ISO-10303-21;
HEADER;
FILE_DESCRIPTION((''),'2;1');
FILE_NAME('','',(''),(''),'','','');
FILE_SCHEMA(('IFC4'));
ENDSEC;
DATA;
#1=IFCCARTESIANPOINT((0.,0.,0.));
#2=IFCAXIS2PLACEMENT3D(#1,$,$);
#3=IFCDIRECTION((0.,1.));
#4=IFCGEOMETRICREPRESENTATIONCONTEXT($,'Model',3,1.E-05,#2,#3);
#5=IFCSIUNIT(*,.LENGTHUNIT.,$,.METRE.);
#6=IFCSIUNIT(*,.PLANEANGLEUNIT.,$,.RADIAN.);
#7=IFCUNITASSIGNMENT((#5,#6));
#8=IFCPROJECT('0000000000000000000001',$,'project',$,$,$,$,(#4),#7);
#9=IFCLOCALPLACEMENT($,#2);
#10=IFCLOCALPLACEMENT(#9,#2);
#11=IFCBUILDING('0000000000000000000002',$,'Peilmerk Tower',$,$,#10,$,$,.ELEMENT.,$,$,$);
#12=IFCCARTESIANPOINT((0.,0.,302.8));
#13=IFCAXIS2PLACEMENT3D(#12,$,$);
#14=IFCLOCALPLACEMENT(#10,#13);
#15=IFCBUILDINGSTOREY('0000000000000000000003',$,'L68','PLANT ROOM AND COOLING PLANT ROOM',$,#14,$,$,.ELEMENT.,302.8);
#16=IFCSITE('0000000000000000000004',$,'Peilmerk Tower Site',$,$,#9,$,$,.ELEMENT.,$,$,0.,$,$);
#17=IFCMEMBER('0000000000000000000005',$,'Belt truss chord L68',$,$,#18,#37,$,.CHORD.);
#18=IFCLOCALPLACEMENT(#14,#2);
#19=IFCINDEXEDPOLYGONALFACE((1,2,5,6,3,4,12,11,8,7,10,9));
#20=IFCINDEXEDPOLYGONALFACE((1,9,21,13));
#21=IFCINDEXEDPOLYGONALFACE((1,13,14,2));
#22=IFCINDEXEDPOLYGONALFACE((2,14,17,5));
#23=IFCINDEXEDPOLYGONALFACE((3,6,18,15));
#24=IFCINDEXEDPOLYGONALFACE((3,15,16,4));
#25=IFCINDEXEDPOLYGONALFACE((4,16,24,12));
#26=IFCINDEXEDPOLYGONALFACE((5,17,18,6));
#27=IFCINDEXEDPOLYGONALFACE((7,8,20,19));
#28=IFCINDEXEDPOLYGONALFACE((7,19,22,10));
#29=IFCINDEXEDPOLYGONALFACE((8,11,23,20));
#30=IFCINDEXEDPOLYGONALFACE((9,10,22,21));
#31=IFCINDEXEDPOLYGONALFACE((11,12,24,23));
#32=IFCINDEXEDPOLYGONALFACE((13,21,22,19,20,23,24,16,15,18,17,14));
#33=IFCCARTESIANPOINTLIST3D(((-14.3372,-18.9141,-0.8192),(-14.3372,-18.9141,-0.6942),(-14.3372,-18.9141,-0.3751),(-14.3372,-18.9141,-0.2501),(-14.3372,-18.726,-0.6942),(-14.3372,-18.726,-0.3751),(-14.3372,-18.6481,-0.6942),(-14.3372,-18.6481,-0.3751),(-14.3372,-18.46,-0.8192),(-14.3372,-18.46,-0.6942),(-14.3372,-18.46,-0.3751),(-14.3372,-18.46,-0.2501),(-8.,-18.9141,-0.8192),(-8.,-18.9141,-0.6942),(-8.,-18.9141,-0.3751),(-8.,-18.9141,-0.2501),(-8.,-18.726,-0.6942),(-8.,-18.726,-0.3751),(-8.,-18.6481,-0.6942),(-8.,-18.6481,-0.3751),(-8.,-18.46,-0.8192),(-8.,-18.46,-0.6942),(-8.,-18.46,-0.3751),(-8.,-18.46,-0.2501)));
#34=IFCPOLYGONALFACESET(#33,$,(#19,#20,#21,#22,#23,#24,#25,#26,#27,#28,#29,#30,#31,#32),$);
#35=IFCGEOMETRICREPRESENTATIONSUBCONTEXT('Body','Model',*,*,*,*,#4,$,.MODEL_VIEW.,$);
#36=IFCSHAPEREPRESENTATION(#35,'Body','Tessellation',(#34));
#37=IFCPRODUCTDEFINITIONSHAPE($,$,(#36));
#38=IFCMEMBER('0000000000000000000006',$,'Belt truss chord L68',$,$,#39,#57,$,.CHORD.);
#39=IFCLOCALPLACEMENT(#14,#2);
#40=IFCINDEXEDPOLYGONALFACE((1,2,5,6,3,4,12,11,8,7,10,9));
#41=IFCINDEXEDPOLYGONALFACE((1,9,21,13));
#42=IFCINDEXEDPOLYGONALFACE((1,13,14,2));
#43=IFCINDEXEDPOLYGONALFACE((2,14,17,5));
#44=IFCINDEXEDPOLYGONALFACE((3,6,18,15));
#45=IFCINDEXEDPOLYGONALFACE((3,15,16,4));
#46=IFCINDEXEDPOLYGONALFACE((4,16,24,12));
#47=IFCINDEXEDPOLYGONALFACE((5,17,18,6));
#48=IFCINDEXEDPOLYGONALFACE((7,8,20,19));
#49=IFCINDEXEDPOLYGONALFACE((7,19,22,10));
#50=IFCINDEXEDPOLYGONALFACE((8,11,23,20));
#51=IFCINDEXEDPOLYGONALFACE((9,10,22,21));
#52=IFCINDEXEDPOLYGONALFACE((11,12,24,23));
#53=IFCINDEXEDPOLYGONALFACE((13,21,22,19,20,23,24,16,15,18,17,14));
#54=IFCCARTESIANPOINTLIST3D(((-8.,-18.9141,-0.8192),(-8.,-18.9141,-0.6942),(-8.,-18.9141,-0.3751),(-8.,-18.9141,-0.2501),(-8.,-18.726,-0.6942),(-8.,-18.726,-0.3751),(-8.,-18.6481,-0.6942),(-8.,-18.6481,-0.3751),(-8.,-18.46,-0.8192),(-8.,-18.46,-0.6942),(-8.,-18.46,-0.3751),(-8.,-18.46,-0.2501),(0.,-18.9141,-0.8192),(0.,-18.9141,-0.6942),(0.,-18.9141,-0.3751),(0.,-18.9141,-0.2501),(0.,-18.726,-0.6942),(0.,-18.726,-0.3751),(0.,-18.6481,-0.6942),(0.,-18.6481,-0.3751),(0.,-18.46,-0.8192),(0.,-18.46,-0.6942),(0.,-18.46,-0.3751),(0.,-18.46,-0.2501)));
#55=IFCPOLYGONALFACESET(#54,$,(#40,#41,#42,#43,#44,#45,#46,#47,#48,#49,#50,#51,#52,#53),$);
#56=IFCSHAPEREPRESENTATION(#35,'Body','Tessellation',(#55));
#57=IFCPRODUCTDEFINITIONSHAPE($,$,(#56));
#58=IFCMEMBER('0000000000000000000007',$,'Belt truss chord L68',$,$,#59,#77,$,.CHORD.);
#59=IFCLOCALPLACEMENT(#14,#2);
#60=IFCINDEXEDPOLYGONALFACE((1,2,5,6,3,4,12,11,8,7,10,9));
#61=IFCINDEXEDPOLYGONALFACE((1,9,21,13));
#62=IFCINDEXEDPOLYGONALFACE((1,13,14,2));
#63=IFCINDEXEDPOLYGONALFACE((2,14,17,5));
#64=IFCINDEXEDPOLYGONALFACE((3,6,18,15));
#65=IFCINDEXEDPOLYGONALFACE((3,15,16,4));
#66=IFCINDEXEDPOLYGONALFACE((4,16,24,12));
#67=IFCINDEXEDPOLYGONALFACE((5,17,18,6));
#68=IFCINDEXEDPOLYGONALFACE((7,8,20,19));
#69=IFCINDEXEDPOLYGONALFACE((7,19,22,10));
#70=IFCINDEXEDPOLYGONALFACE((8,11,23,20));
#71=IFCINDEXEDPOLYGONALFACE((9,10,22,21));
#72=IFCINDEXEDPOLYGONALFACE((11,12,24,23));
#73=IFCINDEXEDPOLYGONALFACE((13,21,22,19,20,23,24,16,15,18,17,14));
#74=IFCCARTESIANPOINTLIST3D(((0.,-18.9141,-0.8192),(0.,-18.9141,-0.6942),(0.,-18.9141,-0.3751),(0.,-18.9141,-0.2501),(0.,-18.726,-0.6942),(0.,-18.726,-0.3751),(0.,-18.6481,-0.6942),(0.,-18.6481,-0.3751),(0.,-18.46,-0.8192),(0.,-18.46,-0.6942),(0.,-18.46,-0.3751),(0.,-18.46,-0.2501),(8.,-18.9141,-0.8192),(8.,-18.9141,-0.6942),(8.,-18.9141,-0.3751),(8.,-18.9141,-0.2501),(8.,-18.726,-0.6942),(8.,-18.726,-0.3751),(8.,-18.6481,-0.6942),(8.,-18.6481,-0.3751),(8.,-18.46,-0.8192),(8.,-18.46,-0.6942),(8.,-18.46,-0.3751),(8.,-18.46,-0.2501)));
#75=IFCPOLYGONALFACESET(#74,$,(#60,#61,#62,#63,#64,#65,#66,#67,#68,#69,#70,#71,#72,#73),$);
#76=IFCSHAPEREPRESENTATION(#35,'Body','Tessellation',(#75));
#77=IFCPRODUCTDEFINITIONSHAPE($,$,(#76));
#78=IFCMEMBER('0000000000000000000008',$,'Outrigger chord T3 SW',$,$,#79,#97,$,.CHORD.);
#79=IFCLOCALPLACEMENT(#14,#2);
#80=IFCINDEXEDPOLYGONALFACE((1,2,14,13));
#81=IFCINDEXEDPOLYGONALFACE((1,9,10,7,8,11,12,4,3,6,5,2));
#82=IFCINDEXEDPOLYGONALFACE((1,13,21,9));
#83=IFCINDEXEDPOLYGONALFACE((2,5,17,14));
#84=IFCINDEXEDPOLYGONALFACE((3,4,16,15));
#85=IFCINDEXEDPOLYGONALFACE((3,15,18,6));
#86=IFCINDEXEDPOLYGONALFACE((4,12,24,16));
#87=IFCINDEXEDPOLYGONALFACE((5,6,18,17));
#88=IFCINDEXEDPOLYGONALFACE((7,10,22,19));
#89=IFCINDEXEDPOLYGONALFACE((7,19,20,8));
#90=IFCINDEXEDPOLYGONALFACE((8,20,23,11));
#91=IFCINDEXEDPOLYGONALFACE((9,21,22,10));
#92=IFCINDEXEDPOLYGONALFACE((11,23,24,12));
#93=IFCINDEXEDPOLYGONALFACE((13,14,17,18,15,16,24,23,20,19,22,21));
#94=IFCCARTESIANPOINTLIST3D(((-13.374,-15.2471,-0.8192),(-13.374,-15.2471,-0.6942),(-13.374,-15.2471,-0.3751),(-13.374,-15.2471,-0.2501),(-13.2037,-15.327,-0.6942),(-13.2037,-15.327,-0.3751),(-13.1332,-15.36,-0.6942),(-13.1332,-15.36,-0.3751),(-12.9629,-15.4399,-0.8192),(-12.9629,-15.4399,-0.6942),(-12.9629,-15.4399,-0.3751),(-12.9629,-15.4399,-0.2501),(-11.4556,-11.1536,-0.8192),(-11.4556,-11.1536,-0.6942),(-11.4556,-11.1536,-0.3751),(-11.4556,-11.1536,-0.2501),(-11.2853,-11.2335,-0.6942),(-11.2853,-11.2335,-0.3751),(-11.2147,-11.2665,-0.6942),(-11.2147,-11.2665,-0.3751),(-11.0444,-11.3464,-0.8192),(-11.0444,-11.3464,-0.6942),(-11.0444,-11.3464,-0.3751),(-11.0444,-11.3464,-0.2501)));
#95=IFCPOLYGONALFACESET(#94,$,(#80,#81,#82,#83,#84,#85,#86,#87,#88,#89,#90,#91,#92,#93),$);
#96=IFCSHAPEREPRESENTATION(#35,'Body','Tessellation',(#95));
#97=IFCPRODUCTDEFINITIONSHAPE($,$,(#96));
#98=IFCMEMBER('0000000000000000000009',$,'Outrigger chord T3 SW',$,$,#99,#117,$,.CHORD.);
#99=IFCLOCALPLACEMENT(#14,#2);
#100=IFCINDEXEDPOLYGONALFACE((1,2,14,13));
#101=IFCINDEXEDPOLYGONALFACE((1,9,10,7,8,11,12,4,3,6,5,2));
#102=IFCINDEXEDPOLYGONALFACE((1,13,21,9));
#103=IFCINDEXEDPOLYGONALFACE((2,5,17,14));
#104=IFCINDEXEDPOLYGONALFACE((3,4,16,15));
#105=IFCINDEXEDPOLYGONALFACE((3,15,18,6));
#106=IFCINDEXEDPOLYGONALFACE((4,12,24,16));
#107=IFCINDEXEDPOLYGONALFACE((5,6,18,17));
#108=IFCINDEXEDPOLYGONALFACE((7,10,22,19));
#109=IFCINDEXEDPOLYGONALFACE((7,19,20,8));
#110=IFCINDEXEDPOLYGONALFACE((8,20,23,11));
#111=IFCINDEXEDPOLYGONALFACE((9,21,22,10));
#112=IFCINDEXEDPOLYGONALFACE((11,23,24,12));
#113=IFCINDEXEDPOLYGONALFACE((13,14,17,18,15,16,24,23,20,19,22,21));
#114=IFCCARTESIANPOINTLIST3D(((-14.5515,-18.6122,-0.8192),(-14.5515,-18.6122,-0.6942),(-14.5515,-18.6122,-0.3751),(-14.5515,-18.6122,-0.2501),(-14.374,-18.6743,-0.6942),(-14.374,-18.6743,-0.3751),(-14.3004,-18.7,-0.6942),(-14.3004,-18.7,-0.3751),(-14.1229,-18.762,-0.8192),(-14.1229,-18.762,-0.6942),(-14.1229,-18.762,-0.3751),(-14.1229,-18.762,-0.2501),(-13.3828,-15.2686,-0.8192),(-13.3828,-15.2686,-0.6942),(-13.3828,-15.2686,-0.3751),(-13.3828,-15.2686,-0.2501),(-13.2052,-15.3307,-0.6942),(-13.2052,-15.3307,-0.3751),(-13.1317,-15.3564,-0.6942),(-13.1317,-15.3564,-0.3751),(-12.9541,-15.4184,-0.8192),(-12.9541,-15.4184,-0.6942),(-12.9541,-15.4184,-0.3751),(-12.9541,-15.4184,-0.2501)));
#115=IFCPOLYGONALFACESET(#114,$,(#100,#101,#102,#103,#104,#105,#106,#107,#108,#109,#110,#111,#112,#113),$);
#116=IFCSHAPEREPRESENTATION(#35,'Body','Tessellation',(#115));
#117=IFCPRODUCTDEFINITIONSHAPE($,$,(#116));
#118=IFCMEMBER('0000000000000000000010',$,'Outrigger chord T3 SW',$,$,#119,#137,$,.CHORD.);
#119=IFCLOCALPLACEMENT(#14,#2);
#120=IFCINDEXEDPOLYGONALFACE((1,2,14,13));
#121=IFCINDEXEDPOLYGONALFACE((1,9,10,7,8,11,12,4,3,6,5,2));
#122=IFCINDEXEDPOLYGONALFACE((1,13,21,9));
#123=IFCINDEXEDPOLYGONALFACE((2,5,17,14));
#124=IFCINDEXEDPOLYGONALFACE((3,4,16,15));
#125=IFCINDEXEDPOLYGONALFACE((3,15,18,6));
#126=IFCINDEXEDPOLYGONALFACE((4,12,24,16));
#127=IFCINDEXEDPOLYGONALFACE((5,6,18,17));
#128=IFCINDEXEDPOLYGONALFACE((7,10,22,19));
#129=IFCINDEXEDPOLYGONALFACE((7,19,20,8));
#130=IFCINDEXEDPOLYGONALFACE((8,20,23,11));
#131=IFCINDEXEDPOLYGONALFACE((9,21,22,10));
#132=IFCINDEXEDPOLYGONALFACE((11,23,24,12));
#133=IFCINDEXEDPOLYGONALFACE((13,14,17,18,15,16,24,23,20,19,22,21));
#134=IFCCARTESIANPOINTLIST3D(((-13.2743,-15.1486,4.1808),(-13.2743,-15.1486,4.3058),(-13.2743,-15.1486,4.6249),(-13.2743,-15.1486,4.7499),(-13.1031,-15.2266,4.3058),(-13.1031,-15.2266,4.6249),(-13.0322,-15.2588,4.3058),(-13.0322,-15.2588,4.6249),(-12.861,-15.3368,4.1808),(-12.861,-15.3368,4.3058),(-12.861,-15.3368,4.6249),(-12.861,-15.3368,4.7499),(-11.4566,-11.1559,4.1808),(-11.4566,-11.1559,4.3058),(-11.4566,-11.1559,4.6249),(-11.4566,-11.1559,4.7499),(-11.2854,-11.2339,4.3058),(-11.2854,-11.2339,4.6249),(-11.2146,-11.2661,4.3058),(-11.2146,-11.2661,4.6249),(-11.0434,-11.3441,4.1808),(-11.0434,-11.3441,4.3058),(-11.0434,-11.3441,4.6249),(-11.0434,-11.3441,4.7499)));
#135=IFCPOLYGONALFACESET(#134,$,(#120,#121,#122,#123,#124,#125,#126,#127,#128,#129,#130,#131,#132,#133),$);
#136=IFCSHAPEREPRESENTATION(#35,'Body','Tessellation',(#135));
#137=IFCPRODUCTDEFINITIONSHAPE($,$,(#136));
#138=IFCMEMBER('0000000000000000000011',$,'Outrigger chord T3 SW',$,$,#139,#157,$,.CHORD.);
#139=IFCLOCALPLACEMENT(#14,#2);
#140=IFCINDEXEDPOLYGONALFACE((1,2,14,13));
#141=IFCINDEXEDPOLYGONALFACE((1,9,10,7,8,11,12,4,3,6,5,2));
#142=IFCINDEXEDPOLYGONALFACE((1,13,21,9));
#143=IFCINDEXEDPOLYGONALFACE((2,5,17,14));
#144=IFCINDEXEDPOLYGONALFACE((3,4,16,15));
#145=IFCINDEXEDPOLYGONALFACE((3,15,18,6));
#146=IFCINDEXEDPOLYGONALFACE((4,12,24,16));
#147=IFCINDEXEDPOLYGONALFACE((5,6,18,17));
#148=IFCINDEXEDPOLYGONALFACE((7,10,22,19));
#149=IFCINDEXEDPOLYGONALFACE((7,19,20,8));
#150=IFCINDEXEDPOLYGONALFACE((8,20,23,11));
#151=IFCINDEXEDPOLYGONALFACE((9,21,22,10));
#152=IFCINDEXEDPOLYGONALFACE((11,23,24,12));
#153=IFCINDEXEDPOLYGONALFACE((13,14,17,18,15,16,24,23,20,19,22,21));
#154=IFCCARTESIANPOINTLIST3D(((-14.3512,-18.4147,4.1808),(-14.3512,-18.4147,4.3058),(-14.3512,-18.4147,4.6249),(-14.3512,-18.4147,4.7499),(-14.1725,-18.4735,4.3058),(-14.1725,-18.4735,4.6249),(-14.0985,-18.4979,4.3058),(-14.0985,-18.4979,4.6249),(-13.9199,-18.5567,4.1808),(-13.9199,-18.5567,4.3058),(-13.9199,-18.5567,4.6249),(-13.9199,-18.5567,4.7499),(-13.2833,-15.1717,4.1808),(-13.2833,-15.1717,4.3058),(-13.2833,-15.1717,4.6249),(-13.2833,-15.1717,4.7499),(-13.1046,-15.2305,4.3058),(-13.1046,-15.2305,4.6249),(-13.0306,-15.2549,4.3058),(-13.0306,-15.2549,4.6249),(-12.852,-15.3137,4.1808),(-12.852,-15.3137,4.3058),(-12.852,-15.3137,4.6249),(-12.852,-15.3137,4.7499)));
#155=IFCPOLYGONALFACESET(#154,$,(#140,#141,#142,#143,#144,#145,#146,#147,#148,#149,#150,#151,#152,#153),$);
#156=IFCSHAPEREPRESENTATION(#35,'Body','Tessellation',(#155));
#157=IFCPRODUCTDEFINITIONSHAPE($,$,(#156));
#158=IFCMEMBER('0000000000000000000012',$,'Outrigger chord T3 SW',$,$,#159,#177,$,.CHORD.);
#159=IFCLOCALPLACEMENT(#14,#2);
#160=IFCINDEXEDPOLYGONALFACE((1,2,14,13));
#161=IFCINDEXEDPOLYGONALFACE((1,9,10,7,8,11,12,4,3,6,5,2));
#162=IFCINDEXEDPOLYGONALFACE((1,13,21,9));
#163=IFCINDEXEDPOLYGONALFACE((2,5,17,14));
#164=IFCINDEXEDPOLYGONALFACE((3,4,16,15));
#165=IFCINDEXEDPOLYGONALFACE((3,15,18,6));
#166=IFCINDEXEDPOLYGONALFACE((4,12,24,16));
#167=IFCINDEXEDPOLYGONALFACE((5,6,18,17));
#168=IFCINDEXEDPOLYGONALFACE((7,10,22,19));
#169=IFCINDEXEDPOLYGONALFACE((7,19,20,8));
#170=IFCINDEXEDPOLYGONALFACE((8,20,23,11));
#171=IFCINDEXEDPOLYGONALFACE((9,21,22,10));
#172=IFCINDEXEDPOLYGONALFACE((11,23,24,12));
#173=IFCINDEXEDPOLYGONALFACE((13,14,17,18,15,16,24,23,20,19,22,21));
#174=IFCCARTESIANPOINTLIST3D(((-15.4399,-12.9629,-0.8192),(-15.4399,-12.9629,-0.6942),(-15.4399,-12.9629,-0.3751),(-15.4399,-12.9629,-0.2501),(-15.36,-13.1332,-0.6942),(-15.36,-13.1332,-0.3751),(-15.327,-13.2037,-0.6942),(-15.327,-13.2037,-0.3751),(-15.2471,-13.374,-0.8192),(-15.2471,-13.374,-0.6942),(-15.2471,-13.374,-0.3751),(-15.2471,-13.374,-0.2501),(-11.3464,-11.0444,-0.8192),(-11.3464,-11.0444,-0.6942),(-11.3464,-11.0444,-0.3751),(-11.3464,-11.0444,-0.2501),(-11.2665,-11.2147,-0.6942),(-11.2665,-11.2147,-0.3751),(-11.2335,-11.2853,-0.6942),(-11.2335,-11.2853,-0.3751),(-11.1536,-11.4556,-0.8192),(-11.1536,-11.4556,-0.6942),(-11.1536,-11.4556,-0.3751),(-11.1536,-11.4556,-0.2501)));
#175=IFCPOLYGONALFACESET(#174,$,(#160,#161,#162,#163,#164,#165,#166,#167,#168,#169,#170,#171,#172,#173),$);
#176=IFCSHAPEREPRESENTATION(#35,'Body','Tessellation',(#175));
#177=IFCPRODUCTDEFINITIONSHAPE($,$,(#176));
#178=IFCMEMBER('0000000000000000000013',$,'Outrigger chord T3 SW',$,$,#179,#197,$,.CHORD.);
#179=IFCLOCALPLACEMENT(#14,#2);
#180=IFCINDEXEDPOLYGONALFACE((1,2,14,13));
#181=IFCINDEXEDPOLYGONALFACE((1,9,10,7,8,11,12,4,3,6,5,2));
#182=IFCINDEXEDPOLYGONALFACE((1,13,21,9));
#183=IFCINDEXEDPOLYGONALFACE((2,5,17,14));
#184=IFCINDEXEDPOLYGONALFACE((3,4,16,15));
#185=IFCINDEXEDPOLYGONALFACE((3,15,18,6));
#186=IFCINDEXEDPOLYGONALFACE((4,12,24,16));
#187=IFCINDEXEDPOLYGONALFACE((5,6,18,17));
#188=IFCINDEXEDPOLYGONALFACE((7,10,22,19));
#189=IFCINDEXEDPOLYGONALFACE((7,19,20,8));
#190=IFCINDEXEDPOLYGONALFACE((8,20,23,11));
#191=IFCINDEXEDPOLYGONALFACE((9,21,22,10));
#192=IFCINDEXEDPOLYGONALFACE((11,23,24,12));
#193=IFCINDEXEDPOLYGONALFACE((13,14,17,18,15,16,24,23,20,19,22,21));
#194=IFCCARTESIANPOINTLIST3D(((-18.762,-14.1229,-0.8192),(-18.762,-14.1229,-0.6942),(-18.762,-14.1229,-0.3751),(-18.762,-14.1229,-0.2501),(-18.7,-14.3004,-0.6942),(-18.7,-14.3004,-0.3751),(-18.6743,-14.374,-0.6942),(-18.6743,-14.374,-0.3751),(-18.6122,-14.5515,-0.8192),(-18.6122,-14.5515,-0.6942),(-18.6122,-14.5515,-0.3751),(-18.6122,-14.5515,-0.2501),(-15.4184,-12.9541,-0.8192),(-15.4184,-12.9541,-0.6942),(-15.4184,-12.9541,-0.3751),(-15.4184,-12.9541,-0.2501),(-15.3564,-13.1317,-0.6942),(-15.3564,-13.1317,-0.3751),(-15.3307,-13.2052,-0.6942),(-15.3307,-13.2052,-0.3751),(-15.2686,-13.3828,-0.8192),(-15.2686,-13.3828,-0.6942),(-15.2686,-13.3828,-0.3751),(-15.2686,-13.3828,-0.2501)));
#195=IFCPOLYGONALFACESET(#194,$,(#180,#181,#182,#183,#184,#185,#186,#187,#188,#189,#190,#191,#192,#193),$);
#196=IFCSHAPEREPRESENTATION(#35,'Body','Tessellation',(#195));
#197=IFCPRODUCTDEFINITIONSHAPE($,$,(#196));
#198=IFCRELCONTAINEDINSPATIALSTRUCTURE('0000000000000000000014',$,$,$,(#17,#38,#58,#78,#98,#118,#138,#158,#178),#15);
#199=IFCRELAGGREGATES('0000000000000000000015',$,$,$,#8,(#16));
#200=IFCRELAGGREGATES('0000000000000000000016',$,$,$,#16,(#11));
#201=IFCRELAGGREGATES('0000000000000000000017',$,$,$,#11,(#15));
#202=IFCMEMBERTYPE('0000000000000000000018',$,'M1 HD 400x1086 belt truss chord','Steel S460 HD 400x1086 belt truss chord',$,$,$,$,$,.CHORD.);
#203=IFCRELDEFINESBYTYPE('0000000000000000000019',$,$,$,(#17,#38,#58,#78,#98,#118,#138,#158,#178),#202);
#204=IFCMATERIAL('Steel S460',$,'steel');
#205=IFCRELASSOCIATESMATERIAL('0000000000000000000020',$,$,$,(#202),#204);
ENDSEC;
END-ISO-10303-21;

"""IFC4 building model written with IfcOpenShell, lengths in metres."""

from ifc_helpers import new_model, si_unit, direction, frame, origin, origin_2d, place, context, subcontext, project, spatial, i_section, extrude, material, material_profile, profile_set, type_object, element, save


model = new_model("IFC4")

# Units and contexts
model_context = context("Model", 3, precision=1e-05, world=origin(), true_north=direction((0.0, 1.0)))
body_context = subcontext(model_context, "Body", "Model", "MODEL_VIEW")
ifc_project = project(units=[si_unit("LENGTHUNIT", "METRE"), si_unit("PLANEANGLEUNIT", "RADIAN")], contexts=[model_context])

# Site, building, storey
site_placement = place(None, origin())
site = spatial("IfcSite", under=ifc_project, at=site_placement, Name="Peilmerk Tower Site", CompositionType="ELEMENT", RefElevation=0.0)
building_placement = place(site_placement, origin())
building = spatial("IfcBuilding", under=site, at=building_placement, Name="Peilmerk Tower", CompositionType="ELEMENT")
storey_placement = place(building_placement, frame((0.0, 0.0, 302.8)))
storey = spatial("IfcBuildingStorey", under=building, at=storey_placement, Name="L68", Description="PLANT ROOM AND COOLING PLANT ROOM", CompositionType="ELEMENT", Elevation=302.8)

# Shared definitions
ifc_material_1 = material(Name="Steel S460", Category="steel")

# Members
ifc_material_profile_1 = material_profile(ifc_material_1, i_section(OverallWidth=0.4541, OverallDepth=0.5691, WebThickness=0.0779, FlangeThickness=0.125, at=origin_2d()), Name="HD 400x1086")
ifc_profile_set_1 = profile_set([ifc_material_profile_1], Name="Steel S460")
member_type_1 = type_object("IfcMemberType", Name="M1 HD 400x1086 belt truss chord", Description="Steel S460 HD 400x1086 belt truss chord", PredefinedType="CHORD", material=ifc_profile_set_1)
member_1_placement = place(storey_placement, frame((-14.3372, -18.687, -0.5347), z_axis=(1.0, 0.0, 0.0), x_axis=(0.0, 1.0, 0.0)))
element("IfcMember", 1, at=member_1_placement, inside=storey, type_object=member_type_1, Name="Belt truss chord L68", PredefinedType="CHORD", context=body_context, shape_type="SweptSolid", body=[
    extrude(i_section(OverallWidth=0.4541, OverallDepth=0.5691, WebThickness=0.0779, FlangeThickness=0.125, at=origin_2d()), origin(), (0.0, 0.0, 1.0), 6.3372),
])
for number, where, z_axis, x_axis, name in (
    (2, (-8.0, -18.687, -0.5347), (1.0, 0.0, 0.0), (0.0, 1.0, 0.0), "Belt truss chord L68"),
    (3, (0.0, -18.687, -0.5347), (1.0, 0.0, 0.0), (0.0, 1.0, 0.0), "Belt truss chord L68"),
):
    element("IfcMember", number, at=place(storey_placement, frame(where, z_axis=z_axis, x_axis=x_axis)), inside=storey, type_object=member_type_1, Name=name, PredefinedType="CHORD", context=body_context, shape_type="SweptSolid", body=[
        extrude(i_section(OverallWidth=0.4541, OverallDepth=0.5691, WebThickness=0.0779, FlangeThickness=0.125, at=origin_2d()), origin(), (0.0, 0.0, 1.0), 8.0),
    ])
member_2_placement = place(storey_placement, frame((-11.25, -11.25, -0.5347), z_axis=(-0.424366, -0.905491, 0.0), x_axis=(0.905491, -0.424366, 0.0)))
element("IfcMember", 4, at=member_2_placement, inside=storey, type_object=member_type_1, Name="Outrigger chord T3 SW", PredefinedType="CHORD", context=body_context, shape_type="SweptSolid", body=[
    extrude(i_section(OverallWidth=0.4541, OverallDepth=0.5691, WebThickness=0.0779, FlangeThickness=0.125, at=origin_2d()), origin(), (0.0, 0.0, 1.0), 4.5208),
])
member_3_placement = place(storey_placement, frame((-13.1685, -15.3435, -0.5347), z_axis=(-0.329967, -0.943993, 0.0), x_axis=(0.943993, -0.329967, 0.0)))
element("IfcMember", 5, at=member_3_placement, inside=storey, type_object=member_type_1, Name="Outrigger chord T3 SW", PredefinedType="CHORD", context=body_context, shape_type="SweptSolid", body=[
    extrude(i_section(OverallWidth=0.4541, OverallDepth=0.5691, WebThickness=0.0779, FlangeThickness=0.125, at=origin_2d()), origin(), (0.0, 0.0, 1.0), 3.542),
])
member_4_placement = place(storey_placement, frame((-11.25, -11.25, 4.4653), z_axis=(-0.414327, -0.910128, 0.0), x_axis=(0.910128, -0.414327, 0.0)))
element("IfcMember", 6, at=member_4_placement, inside=storey, type_object=member_type_1, Name="Outrigger chord T3 SW", PredefinedType="CHORD", context=body_context, shape_type="SweptSolid", body=[
    extrude(i_section(OverallWidth=0.4541, OverallDepth=0.5691, WebThickness=0.0779, FlangeThickness=0.125, at=origin_2d()), origin(), (0.0, 0.0, 1.0), 4.387),
])
member_5_placement = place(storey_placement, frame((-13.0676, -15.2427, 4.4653), z_axis=(-0.312772, -0.949828, 0.0), x_axis=(0.949828, -0.312772, 0.0)))
element("IfcMember", 7, at=member_5_placement, inside=storey, type_object=member_type_1, Name="Outrigger chord T3 SW", PredefinedType="CHORD", context=body_context, shape_type="SweptSolid", body=[
    extrude(i_section(OverallWidth=0.4541, OverallDepth=0.5691, WebThickness=0.0779, FlangeThickness=0.125, at=origin_2d()), origin(), (0.0, 0.0, 1.0), 3.4143),
])
member_6_placement = place(storey_placement, frame((-11.25, -11.25, -0.5347), z_axis=(-0.905491, -0.424366, 0.0), x_axis=(0.424366, -0.905491, 0.0)))
element("IfcMember", 8, at=member_6_placement, inside=storey, type_object=member_type_1, Name="Outrigger chord T3 SW", PredefinedType="CHORD", context=body_context, shape_type="SweptSolid", body=[
    extrude(i_section(OverallWidth=0.4541, OverallDepth=0.5691, WebThickness=0.0779, FlangeThickness=0.125, at=origin_2d()), origin(), (0.0, 0.0, 1.0), 4.5208),
])
member_7_placement = place(storey_placement, frame((-15.3435, -13.1685, -0.5347), z_axis=(-0.943993, -0.329967, 0.0), x_axis=(0.329967, -0.943993, 0.0)))
element("IfcMember", 9, at=member_7_placement, inside=storey, type_object=member_type_1, Name="Outrigger chord T3 SW", PredefinedType="CHORD", context=body_context, shape_type="SweptSolid", body=[
    extrude(i_section(OverallWidth=0.4541, OverallDepth=0.5691, WebThickness=0.0779, FlangeThickness=0.125, at=origin_2d()), origin(), (0.0, 0.0, 1.0), 3.542),
])

save(model, "model.ifc")
